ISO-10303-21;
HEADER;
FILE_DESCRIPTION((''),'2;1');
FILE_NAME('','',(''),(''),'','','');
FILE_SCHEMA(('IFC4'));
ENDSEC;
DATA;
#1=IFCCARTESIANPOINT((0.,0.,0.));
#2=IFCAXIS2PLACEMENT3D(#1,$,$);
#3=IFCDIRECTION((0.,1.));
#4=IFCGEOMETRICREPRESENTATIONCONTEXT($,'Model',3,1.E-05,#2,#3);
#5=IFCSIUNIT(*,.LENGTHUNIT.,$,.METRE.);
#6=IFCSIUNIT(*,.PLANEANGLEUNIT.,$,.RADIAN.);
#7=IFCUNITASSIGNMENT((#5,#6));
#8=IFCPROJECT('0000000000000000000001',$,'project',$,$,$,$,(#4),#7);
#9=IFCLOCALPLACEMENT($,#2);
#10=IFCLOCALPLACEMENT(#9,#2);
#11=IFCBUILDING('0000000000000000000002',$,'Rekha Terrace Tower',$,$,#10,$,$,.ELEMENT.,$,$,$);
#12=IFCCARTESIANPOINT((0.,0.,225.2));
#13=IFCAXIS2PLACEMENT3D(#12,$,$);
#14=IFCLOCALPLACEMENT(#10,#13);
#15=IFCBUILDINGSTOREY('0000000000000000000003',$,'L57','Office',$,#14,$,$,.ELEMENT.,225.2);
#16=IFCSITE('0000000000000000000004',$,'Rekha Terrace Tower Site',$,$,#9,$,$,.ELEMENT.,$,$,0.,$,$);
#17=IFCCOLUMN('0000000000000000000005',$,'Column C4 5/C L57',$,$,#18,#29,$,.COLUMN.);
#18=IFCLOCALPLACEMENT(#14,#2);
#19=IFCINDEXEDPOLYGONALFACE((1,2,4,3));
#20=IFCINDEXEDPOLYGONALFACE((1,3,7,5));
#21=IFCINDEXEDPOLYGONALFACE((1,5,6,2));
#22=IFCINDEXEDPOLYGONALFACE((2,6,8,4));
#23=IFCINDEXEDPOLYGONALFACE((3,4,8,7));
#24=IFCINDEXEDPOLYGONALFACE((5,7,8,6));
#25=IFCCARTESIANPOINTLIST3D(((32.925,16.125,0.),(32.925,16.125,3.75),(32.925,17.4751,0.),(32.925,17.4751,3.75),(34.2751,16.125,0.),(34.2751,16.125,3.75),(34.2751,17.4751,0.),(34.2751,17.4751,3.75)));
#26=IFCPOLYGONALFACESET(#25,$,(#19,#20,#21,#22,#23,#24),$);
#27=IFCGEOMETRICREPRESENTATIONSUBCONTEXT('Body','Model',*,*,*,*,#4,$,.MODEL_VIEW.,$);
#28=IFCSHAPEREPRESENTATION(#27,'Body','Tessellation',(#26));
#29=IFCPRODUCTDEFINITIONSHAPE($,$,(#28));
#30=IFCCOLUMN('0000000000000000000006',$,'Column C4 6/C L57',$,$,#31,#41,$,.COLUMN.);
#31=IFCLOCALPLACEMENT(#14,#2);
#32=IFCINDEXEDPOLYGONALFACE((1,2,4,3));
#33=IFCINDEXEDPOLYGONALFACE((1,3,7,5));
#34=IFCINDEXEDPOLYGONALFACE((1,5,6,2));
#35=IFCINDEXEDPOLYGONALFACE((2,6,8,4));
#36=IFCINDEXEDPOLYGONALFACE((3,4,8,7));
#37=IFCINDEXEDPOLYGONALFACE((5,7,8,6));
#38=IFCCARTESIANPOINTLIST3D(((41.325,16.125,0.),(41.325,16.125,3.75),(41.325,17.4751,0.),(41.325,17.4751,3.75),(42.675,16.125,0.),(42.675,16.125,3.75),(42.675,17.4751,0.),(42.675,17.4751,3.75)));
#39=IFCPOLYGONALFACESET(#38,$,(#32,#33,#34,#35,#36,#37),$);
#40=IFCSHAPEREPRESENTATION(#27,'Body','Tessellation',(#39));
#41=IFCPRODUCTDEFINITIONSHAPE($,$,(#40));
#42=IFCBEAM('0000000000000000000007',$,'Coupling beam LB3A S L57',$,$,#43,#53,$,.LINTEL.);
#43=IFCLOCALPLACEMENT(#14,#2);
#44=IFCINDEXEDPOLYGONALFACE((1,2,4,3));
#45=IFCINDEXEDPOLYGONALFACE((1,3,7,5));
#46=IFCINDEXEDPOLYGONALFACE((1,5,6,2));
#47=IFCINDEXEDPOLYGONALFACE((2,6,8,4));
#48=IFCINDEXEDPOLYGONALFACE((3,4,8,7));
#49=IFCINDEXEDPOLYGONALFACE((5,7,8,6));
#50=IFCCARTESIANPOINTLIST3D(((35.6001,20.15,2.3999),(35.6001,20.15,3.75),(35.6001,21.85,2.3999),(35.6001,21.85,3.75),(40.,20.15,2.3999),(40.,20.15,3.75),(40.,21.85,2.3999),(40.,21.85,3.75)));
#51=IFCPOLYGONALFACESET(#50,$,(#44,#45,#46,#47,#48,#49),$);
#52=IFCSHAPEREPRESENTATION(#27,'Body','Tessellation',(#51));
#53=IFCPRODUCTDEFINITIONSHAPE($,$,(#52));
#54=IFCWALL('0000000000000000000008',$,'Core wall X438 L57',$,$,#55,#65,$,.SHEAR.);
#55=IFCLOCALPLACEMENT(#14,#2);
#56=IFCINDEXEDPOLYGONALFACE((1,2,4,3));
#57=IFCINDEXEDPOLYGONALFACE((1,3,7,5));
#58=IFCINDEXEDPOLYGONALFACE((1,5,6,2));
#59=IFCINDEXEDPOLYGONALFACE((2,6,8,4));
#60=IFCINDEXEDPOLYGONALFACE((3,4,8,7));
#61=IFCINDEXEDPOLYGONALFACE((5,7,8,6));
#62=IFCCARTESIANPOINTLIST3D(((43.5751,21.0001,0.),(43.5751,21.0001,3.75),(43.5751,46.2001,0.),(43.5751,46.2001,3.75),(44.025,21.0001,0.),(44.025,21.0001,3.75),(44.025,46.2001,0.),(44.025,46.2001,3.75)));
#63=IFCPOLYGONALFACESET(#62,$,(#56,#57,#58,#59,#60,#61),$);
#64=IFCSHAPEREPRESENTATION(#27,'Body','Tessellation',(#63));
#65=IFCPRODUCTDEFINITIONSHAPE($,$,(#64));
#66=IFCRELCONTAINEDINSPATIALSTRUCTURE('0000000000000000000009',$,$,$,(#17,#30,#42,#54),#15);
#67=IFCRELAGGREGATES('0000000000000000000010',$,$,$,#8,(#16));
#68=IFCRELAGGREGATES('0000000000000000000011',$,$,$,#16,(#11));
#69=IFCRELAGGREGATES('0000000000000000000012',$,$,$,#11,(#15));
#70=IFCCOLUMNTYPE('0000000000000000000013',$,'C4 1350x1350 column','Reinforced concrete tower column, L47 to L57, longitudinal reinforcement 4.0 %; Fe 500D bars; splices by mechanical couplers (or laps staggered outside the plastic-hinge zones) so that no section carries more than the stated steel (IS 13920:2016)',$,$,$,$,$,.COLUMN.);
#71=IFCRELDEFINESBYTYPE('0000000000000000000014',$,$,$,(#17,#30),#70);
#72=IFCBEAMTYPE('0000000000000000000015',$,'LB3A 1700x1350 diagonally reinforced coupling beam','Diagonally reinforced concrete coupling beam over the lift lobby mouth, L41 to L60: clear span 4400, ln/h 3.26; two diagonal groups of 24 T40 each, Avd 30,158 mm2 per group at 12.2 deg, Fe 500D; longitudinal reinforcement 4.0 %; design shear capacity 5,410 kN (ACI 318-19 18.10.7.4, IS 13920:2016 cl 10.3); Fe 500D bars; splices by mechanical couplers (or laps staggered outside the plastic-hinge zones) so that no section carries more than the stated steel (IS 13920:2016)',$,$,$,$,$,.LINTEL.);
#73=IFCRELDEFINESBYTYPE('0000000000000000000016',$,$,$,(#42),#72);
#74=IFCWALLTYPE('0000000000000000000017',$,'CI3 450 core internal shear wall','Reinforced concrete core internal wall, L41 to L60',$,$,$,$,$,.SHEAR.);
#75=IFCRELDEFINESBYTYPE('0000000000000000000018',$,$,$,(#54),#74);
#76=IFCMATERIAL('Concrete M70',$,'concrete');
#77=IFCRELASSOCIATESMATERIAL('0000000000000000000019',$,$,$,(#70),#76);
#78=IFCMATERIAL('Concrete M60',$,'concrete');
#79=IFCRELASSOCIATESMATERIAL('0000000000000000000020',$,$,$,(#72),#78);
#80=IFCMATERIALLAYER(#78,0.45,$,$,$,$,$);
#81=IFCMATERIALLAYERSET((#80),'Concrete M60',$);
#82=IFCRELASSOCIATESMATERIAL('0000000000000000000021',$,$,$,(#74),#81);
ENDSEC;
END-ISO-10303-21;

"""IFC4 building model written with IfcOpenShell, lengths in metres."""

from ifc_helpers import new_model, si_unit, direction, frame, frame_2d, origin, origin_2d, place, context, subcontext, project, spatial, rectangle, extrude, material, layer, layer_set, material_profile, profile_set, type_object, element, save


model = new_model("IFC4")

# Units and contexts
model_context = context("Model", 3, precision=1e-05, world=origin(), true_north=direction((0.0, 1.0)))
body_context = subcontext(model_context, "Body", "Model", "MODEL_VIEW")
ifc_project = project(units=[si_unit("LENGTHUNIT", "METRE"), si_unit("PLANEANGLEUNIT", "RADIAN")], contexts=[model_context])

# Site, building, storey
site_placement = place(None, origin())
site = spatial("IfcSite", under=ifc_project, at=site_placement, Name="Rekha Terrace Tower Site", CompositionType="ELEMENT", RefElevation=0.0)
building_placement = place(site_placement, origin())
building = spatial("IfcBuilding", under=site, at=building_placement, Name="Rekha Terrace Tower", CompositionType="ELEMENT")
storey_placement = place(building_placement, frame((0.0, 0.0, 225.2)))
storey = spatial("IfcBuildingStorey", under=building, at=storey_placement, Name="L57", Description="Office", CompositionType="ELEMENT", Elevation=225.2)

# Columns
ifc_material_1 = material(Name="Concrete M70", Category="concrete")
ifc_material_profile_1 = material_profile(ifc_material_1, rectangle(XDim=1.3501, YDim=1.3501, at=origin_2d()), Name="RC 1350x1350")
ifc_profile_set_1 = profile_set([ifc_material_profile_1], Name="Concrete M70")
column_type = type_object("IfcColumnType", Name="C4 1350x1350 column", Description="Reinforced concrete tower column, L47 to L57, longitudinal reinforcement 4.0 %; Fe 500D bars; splices by mechanical couplers (or laps staggered outside the plastic-hinge zones) so that no section carries more than the stated steel (IS 13920:2016)", PredefinedType="COLUMN", material=ifc_profile_set_1)
for number, where, z_axis, x_axis, name in (
    (1, (33.6001, 16.8, 0.0), (0.0, 0.0, 1.0), (1.0, 0.0, 0.0), "Column C4 5/C L57"),
    (2, (42.0, 16.8, 0.0), (0.0, 0.0, 1.0), (1.0, 0.0, 0.0), "Column C4 6/C L57"),
):
    element("IfcColumn", number, at=place(storey_placement, frame(where, z_axis=z_axis, x_axis=x_axis)), inside=storey, type_object=column_type, Name=name, PredefinedType="COLUMN", context=body_context, shape_type="SweptSolid", body=[
        extrude(rectangle(XDim=1.3501, YDim=1.3501, at=origin_2d()), origin(), (0.0, 0.0, 1.0), 3.75),
    ])

# Beam
ifc_material_2 = material(Name="Concrete M60", Category="concrete")
ifc_material_profile_2 = material_profile(ifc_material_2, rectangle(XDim=1.7, YDim=1.3501, at=origin_2d()), Name="RC 1700x1350")
ifc_profile_set_2 = profile_set([ifc_material_profile_2], Name="Concrete M60")
beam_type = type_object("IfcBeamType", Name="LB3A 1700x1350 diagonally reinforced coupling beam", Description="Diagonally reinforced concrete coupling beam over the lift lobby mouth, L41 to L60: clear span 4400, ln/h 3.26; two diagonal groups of 24 T40 each, Avd 30,158 mm2 per group at 12.2 deg, Fe 500D; longitudinal reinforcement 4.0 %; design shear capacity 5,410 kN (ACI 318-19 18.10.7.4, IS 13920:2016 cl 10.3); Fe 500D bars; splices by mechanical couplers (or laps staggered outside the plastic-hinge zones) so that no section carries more than the stated steel (IS 13920:2016)", PredefinedType="LINTEL", material=ifc_profile_set_2)
beam_placement = place(storey_placement, frame((35.6001, 21.0, 3.075), z_axis=(1.0, 0.0, 0.0), x_axis=(0.0, 1.0, 0.0)))
element("IfcBeam", 3, at=beam_placement, inside=storey, type_object=beam_type, Name="Coupling beam LB3A S L57", PredefinedType="LINTEL", context=body_context, shape_type="SweptSolid", body=[
    extrude(rectangle(XDim=1.7, YDim=1.3501, at=origin_2d()), origin(), (0.0, 0.0, 1.0), 4.3999),
])

# Wall
ifc_layer_1 = layer(ifc_material_2, 0.45)
ifc_layer_set_1 = layer_set([ifc_layer_1], Name="Concrete M60")
wall_type_1 = type_object("IfcWallType", Name="CI3 450 core internal shear wall", Description="Reinforced concrete core internal wall, L41 to L60", PredefinedType="SHEAR", material=ifc_layer_set_1)
wall_1_placement = place(storey_placement, frame((43.8, 21.0, 0.0), z_axis=(0.0, 0.0, 1.0), x_axis=(0.0, 1.0, 0.0)))
element("IfcWall", 4, at=wall_1_placement, inside=storey, type_object=wall_type_1, Name="Core wall X438 L57", PredefinedType="SHEAR", context=body_context, shape_type="SweptSolid", body=[
    extrude(rectangle(XDim=25.2, YDim=0.45, at=frame_2d((12.6001, 0.0))), origin(), (0.0, 0.0, 1.0), 3.75),
])

save(model, "model.ifc")
